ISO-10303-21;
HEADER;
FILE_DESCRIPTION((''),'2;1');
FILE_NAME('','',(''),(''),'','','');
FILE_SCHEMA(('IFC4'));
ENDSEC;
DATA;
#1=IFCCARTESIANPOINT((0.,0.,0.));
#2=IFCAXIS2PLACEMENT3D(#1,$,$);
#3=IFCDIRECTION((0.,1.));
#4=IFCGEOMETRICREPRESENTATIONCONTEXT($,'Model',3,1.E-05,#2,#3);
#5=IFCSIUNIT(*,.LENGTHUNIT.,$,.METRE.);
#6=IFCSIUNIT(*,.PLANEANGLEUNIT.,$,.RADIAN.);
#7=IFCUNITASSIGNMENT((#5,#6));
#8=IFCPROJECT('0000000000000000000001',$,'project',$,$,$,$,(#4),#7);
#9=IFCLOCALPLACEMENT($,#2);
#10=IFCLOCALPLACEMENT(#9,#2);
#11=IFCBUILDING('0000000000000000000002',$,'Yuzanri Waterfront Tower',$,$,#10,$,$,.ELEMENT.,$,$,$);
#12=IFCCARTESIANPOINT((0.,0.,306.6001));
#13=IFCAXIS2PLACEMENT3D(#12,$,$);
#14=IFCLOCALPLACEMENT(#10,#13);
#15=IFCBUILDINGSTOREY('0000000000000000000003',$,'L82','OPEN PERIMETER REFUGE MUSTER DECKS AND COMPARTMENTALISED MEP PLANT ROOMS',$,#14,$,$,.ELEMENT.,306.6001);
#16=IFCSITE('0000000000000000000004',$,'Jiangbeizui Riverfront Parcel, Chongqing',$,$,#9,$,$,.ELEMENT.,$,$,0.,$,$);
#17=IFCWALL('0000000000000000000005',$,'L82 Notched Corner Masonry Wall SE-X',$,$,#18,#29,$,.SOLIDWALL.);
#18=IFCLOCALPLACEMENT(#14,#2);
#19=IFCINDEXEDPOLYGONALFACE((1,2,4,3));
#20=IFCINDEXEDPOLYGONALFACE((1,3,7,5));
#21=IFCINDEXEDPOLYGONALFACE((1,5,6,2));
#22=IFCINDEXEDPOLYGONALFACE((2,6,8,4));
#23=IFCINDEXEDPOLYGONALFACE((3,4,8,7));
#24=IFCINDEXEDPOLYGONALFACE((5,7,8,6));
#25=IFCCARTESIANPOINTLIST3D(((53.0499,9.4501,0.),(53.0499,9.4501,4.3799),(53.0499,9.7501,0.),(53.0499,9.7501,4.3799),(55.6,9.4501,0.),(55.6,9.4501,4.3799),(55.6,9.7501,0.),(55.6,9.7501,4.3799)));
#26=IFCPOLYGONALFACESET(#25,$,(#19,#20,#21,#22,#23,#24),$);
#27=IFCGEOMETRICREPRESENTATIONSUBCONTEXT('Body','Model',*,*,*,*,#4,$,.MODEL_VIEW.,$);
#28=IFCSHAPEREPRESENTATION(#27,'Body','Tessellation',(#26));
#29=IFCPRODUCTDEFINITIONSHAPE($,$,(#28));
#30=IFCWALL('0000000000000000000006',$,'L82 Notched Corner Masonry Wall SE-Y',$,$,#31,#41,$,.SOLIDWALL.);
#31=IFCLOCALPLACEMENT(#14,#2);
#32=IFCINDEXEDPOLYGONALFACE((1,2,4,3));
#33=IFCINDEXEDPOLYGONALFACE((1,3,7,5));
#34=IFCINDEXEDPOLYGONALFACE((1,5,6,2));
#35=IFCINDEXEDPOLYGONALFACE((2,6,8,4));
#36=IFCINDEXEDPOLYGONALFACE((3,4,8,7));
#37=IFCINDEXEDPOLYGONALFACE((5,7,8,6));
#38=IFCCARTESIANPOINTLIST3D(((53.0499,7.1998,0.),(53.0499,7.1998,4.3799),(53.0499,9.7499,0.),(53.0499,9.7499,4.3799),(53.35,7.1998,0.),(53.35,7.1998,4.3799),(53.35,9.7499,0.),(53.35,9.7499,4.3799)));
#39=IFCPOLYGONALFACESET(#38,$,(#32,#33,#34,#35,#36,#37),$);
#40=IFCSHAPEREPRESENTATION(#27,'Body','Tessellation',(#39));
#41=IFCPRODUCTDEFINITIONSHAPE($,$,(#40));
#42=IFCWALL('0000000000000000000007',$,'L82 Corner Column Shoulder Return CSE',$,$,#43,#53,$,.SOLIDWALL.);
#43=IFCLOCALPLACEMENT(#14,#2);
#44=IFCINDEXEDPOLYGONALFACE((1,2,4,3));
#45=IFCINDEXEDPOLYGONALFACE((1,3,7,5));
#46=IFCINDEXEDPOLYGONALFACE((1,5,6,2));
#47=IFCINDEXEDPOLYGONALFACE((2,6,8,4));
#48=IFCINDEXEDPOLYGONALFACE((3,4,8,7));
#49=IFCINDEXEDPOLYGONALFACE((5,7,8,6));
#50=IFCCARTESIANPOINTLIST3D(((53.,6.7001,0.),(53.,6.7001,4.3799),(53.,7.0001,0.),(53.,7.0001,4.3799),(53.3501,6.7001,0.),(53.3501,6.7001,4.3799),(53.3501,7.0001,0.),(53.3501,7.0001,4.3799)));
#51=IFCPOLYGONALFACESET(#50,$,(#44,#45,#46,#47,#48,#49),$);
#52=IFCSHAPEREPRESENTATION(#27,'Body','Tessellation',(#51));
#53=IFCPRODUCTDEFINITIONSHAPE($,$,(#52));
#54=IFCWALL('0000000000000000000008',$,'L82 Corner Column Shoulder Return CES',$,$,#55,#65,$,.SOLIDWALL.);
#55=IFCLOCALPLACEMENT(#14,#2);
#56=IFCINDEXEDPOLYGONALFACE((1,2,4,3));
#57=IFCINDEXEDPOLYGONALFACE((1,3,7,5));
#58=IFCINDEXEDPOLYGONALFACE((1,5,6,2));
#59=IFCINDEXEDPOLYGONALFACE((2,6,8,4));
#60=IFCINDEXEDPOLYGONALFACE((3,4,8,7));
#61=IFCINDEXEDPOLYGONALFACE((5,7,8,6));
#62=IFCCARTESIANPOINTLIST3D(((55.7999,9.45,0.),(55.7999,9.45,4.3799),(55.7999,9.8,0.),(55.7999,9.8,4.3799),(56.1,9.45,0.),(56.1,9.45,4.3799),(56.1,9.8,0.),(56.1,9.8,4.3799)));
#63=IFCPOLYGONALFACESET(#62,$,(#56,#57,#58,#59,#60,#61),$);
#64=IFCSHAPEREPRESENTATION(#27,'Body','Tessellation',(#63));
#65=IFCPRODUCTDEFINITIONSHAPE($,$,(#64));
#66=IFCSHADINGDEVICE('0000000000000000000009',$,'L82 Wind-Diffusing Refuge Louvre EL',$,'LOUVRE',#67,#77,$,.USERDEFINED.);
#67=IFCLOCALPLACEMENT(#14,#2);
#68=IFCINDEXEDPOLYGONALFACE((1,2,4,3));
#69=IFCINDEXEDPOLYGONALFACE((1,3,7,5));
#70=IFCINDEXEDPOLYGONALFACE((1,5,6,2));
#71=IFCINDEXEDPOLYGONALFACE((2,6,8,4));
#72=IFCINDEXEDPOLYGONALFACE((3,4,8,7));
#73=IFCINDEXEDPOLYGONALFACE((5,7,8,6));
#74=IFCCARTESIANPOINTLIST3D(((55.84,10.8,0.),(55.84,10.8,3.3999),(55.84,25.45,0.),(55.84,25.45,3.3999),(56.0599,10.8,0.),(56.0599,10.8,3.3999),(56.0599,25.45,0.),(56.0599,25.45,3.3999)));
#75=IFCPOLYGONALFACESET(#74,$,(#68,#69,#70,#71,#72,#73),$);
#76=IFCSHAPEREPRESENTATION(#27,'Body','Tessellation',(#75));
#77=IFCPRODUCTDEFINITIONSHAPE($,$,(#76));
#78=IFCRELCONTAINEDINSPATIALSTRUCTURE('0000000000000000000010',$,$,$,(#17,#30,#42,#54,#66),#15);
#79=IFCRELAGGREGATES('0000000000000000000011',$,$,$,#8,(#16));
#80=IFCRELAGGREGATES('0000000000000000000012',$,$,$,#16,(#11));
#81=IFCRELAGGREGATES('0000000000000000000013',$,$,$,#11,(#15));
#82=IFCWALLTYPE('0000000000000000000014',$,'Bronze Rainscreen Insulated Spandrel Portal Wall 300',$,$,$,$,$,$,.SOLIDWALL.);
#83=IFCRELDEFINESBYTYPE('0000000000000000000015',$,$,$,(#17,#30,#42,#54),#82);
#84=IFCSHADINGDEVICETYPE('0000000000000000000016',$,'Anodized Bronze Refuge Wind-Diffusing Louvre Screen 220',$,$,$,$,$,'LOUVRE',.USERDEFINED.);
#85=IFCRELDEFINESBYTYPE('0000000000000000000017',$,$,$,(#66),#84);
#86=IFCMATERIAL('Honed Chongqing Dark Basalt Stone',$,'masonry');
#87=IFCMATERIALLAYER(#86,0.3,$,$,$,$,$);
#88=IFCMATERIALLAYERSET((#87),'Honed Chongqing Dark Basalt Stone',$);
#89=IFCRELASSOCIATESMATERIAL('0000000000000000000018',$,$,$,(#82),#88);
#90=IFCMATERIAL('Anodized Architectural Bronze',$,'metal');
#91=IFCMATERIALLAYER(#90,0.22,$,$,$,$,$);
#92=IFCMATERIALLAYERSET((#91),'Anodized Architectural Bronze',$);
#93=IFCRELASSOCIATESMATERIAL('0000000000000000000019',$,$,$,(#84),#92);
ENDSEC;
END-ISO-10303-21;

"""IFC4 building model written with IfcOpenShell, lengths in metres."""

from ifc_helpers import new_model, si_unit, direction, frame, frame_2d, origin, origin_2d, place, context, subcontext, project, spatial, rectangle, extrude, source, transform, mapped, material, layer, layer_set, type_object, element, save


model = new_model("IFC4")

# Units and contexts
model_context = context("Model", 3, precision=1e-05, world=origin(), true_north=direction((0.0, 1.0)))
body_context = subcontext(model_context, "Body", "Model", "MODEL_VIEW")
ifc_project = project(units=[si_unit("LENGTHUNIT", "METRE"), si_unit("PLANEANGLEUNIT", "RADIAN")], contexts=[model_context])

# Site, building, storey
site_placement = place(None, origin())
site = spatial("IfcSite", under=ifc_project, at=site_placement, Name="Jiangbeizui Riverfront Parcel, Chongqing", CompositionType="ELEMENT", RefElevation=0.0)
building_placement = place(site_placement, origin())
building = spatial("IfcBuilding", under=site, at=building_placement, Name="Yuzanri Waterfront Tower", CompositionType="ELEMENT")
storey_placement = place(building_placement, frame((0.0, 0.0, 306.6001)))
storey = spatial("IfcBuildingStorey", under=building, at=storey_placement, Name="L82", Description="OPEN PERIMETER REFUGE MUSTER DECKS AND COMPARTMENTALISED MEP PLANT ROOMS", CompositionType="ELEMENT", Elevation=306.6001)

# Walls
ifc_material_1 = material(Name="Honed Chongqing Dark Basalt Stone", Category="masonry")
ifc_layer_1 = layer(ifc_material_1, 0.3)
ifc_layer_set_1 = layer_set([ifc_layer_1], Name="Honed Chongqing Dark Basalt Stone")
wall_type_1 = type_object("IfcWallType", Name="Bronze Rainscreen Insulated Spandrel Portal Wall 300", PredefinedType="SOLIDWALL", material=ifc_layer_set_1)
shared_shape_1 = source(origin(), body_context, "Body", "SweptSolid", [
    extrude(rectangle(XDim=2.55, YDim=0.3, at=frame_2d((1.2749, 0.0))), origin(), (0.0, 0.0, 1.0), 4.3799),
])
for number, where, z_axis, x_axis, name in (
    (1, (53.05, 9.6001, 0.0), (0.0, 0.0, 1.0), (1.0, 0.0, 0.0), "L82 Notched Corner Masonry Wall SE-X"),
    (2, (53.2, 7.2, 0.0), (0.0, 0.0, 1.0), (0.0, 1.0, 0.0), "L82 Notched Corner Masonry Wall SE-Y"),
):
    element("IfcWall", number, at=place(storey_placement, frame(where, z_axis=z_axis, x_axis=x_axis)), inside=storey, type_object=wall_type_1, Name=name, PredefinedType="SOLIDWALL", context=body_context, shape_type="MappedRepresentation", body=[
        mapped(shared_shape_1, transform((0.0, 0.0, 0.0), scale=1.0)),
    ])
shared_shape_2 = source(origin(), body_context, "Body", "SweptSolid", [
    extrude(rectangle(XDim=0.3501, YDim=0.3, at=frame_2d((0.175, 0.0))), origin(), (0.0, 0.0, 1.0), 4.3799),
])
for number, where, z_axis, x_axis, name in (
    (3, (53.0, 6.8501, 0.0), (0.0, 0.0, 1.0), (1.0, 0.0, 0.0), "L82 Corner Column Shoulder Return CSE"),
    (4, (55.95, 9.45, 0.0), (0.0, 0.0, 1.0), (0.0, 1.0, 0.0), "L82 Corner Column Shoulder Return CES"),
):
    element("IfcWall", number, at=place(storey_placement, frame(where, z_axis=z_axis, x_axis=x_axis)), inside=storey, type_object=wall_type_1, Name=name, PredefinedType="SOLIDWALL", context=body_context, shape_type="MappedRepresentation", body=[
        mapped(shared_shape_2, transform((0.0, 0.0, 0.0), scale=1.0)),
    ])

# Shading device
ifc_material_2 = material(Name="Anodized Architectural Bronze", Category="metal")
ifc_layer_2 = layer(ifc_material_2, 0.22)
ifc_layer_set_2 = layer_set([ifc_layer_2], Name="Anodized Architectural Bronze")
shading_device_type = type_object("IfcShadingDeviceType", Name="Anodized Bronze Refuge Wind-Diffusing Louvre Screen 220", ElementType="LOUVRE", PredefinedType="USERDEFINED", material=ifc_layer_set_2)
shared_shape_3 = source(origin(), body_context, "Body", "SweptSolid", [
    extrude(rectangle(XDim=0.22, YDim=14.6499, at=origin_2d()), origin(), (0.0, 0.0, 1.0), 3.3999),
])
shading_device_placement = place(storey_placement, frame((55.95, 18.125, 0.0), z_axis=(0.0, 0.0, 1.0), x_axis=(1.0, 0.0, 0.0)))
element("IfcShadingDevice", 5, at=shading_device_placement, inside=storey, type_object=shading_device_type, Name="L82 Wind-Diffusing Refuge Louvre EL", ObjectType="LOUVRE", PredefinedType="USERDEFINED", context=body_context, shape_type="MappedRepresentation", body=[
    mapped(shared_shape_3, transform((0.0, 0.0, 0.0), scale=1.0)),
])

save(model, "model.ifc")
